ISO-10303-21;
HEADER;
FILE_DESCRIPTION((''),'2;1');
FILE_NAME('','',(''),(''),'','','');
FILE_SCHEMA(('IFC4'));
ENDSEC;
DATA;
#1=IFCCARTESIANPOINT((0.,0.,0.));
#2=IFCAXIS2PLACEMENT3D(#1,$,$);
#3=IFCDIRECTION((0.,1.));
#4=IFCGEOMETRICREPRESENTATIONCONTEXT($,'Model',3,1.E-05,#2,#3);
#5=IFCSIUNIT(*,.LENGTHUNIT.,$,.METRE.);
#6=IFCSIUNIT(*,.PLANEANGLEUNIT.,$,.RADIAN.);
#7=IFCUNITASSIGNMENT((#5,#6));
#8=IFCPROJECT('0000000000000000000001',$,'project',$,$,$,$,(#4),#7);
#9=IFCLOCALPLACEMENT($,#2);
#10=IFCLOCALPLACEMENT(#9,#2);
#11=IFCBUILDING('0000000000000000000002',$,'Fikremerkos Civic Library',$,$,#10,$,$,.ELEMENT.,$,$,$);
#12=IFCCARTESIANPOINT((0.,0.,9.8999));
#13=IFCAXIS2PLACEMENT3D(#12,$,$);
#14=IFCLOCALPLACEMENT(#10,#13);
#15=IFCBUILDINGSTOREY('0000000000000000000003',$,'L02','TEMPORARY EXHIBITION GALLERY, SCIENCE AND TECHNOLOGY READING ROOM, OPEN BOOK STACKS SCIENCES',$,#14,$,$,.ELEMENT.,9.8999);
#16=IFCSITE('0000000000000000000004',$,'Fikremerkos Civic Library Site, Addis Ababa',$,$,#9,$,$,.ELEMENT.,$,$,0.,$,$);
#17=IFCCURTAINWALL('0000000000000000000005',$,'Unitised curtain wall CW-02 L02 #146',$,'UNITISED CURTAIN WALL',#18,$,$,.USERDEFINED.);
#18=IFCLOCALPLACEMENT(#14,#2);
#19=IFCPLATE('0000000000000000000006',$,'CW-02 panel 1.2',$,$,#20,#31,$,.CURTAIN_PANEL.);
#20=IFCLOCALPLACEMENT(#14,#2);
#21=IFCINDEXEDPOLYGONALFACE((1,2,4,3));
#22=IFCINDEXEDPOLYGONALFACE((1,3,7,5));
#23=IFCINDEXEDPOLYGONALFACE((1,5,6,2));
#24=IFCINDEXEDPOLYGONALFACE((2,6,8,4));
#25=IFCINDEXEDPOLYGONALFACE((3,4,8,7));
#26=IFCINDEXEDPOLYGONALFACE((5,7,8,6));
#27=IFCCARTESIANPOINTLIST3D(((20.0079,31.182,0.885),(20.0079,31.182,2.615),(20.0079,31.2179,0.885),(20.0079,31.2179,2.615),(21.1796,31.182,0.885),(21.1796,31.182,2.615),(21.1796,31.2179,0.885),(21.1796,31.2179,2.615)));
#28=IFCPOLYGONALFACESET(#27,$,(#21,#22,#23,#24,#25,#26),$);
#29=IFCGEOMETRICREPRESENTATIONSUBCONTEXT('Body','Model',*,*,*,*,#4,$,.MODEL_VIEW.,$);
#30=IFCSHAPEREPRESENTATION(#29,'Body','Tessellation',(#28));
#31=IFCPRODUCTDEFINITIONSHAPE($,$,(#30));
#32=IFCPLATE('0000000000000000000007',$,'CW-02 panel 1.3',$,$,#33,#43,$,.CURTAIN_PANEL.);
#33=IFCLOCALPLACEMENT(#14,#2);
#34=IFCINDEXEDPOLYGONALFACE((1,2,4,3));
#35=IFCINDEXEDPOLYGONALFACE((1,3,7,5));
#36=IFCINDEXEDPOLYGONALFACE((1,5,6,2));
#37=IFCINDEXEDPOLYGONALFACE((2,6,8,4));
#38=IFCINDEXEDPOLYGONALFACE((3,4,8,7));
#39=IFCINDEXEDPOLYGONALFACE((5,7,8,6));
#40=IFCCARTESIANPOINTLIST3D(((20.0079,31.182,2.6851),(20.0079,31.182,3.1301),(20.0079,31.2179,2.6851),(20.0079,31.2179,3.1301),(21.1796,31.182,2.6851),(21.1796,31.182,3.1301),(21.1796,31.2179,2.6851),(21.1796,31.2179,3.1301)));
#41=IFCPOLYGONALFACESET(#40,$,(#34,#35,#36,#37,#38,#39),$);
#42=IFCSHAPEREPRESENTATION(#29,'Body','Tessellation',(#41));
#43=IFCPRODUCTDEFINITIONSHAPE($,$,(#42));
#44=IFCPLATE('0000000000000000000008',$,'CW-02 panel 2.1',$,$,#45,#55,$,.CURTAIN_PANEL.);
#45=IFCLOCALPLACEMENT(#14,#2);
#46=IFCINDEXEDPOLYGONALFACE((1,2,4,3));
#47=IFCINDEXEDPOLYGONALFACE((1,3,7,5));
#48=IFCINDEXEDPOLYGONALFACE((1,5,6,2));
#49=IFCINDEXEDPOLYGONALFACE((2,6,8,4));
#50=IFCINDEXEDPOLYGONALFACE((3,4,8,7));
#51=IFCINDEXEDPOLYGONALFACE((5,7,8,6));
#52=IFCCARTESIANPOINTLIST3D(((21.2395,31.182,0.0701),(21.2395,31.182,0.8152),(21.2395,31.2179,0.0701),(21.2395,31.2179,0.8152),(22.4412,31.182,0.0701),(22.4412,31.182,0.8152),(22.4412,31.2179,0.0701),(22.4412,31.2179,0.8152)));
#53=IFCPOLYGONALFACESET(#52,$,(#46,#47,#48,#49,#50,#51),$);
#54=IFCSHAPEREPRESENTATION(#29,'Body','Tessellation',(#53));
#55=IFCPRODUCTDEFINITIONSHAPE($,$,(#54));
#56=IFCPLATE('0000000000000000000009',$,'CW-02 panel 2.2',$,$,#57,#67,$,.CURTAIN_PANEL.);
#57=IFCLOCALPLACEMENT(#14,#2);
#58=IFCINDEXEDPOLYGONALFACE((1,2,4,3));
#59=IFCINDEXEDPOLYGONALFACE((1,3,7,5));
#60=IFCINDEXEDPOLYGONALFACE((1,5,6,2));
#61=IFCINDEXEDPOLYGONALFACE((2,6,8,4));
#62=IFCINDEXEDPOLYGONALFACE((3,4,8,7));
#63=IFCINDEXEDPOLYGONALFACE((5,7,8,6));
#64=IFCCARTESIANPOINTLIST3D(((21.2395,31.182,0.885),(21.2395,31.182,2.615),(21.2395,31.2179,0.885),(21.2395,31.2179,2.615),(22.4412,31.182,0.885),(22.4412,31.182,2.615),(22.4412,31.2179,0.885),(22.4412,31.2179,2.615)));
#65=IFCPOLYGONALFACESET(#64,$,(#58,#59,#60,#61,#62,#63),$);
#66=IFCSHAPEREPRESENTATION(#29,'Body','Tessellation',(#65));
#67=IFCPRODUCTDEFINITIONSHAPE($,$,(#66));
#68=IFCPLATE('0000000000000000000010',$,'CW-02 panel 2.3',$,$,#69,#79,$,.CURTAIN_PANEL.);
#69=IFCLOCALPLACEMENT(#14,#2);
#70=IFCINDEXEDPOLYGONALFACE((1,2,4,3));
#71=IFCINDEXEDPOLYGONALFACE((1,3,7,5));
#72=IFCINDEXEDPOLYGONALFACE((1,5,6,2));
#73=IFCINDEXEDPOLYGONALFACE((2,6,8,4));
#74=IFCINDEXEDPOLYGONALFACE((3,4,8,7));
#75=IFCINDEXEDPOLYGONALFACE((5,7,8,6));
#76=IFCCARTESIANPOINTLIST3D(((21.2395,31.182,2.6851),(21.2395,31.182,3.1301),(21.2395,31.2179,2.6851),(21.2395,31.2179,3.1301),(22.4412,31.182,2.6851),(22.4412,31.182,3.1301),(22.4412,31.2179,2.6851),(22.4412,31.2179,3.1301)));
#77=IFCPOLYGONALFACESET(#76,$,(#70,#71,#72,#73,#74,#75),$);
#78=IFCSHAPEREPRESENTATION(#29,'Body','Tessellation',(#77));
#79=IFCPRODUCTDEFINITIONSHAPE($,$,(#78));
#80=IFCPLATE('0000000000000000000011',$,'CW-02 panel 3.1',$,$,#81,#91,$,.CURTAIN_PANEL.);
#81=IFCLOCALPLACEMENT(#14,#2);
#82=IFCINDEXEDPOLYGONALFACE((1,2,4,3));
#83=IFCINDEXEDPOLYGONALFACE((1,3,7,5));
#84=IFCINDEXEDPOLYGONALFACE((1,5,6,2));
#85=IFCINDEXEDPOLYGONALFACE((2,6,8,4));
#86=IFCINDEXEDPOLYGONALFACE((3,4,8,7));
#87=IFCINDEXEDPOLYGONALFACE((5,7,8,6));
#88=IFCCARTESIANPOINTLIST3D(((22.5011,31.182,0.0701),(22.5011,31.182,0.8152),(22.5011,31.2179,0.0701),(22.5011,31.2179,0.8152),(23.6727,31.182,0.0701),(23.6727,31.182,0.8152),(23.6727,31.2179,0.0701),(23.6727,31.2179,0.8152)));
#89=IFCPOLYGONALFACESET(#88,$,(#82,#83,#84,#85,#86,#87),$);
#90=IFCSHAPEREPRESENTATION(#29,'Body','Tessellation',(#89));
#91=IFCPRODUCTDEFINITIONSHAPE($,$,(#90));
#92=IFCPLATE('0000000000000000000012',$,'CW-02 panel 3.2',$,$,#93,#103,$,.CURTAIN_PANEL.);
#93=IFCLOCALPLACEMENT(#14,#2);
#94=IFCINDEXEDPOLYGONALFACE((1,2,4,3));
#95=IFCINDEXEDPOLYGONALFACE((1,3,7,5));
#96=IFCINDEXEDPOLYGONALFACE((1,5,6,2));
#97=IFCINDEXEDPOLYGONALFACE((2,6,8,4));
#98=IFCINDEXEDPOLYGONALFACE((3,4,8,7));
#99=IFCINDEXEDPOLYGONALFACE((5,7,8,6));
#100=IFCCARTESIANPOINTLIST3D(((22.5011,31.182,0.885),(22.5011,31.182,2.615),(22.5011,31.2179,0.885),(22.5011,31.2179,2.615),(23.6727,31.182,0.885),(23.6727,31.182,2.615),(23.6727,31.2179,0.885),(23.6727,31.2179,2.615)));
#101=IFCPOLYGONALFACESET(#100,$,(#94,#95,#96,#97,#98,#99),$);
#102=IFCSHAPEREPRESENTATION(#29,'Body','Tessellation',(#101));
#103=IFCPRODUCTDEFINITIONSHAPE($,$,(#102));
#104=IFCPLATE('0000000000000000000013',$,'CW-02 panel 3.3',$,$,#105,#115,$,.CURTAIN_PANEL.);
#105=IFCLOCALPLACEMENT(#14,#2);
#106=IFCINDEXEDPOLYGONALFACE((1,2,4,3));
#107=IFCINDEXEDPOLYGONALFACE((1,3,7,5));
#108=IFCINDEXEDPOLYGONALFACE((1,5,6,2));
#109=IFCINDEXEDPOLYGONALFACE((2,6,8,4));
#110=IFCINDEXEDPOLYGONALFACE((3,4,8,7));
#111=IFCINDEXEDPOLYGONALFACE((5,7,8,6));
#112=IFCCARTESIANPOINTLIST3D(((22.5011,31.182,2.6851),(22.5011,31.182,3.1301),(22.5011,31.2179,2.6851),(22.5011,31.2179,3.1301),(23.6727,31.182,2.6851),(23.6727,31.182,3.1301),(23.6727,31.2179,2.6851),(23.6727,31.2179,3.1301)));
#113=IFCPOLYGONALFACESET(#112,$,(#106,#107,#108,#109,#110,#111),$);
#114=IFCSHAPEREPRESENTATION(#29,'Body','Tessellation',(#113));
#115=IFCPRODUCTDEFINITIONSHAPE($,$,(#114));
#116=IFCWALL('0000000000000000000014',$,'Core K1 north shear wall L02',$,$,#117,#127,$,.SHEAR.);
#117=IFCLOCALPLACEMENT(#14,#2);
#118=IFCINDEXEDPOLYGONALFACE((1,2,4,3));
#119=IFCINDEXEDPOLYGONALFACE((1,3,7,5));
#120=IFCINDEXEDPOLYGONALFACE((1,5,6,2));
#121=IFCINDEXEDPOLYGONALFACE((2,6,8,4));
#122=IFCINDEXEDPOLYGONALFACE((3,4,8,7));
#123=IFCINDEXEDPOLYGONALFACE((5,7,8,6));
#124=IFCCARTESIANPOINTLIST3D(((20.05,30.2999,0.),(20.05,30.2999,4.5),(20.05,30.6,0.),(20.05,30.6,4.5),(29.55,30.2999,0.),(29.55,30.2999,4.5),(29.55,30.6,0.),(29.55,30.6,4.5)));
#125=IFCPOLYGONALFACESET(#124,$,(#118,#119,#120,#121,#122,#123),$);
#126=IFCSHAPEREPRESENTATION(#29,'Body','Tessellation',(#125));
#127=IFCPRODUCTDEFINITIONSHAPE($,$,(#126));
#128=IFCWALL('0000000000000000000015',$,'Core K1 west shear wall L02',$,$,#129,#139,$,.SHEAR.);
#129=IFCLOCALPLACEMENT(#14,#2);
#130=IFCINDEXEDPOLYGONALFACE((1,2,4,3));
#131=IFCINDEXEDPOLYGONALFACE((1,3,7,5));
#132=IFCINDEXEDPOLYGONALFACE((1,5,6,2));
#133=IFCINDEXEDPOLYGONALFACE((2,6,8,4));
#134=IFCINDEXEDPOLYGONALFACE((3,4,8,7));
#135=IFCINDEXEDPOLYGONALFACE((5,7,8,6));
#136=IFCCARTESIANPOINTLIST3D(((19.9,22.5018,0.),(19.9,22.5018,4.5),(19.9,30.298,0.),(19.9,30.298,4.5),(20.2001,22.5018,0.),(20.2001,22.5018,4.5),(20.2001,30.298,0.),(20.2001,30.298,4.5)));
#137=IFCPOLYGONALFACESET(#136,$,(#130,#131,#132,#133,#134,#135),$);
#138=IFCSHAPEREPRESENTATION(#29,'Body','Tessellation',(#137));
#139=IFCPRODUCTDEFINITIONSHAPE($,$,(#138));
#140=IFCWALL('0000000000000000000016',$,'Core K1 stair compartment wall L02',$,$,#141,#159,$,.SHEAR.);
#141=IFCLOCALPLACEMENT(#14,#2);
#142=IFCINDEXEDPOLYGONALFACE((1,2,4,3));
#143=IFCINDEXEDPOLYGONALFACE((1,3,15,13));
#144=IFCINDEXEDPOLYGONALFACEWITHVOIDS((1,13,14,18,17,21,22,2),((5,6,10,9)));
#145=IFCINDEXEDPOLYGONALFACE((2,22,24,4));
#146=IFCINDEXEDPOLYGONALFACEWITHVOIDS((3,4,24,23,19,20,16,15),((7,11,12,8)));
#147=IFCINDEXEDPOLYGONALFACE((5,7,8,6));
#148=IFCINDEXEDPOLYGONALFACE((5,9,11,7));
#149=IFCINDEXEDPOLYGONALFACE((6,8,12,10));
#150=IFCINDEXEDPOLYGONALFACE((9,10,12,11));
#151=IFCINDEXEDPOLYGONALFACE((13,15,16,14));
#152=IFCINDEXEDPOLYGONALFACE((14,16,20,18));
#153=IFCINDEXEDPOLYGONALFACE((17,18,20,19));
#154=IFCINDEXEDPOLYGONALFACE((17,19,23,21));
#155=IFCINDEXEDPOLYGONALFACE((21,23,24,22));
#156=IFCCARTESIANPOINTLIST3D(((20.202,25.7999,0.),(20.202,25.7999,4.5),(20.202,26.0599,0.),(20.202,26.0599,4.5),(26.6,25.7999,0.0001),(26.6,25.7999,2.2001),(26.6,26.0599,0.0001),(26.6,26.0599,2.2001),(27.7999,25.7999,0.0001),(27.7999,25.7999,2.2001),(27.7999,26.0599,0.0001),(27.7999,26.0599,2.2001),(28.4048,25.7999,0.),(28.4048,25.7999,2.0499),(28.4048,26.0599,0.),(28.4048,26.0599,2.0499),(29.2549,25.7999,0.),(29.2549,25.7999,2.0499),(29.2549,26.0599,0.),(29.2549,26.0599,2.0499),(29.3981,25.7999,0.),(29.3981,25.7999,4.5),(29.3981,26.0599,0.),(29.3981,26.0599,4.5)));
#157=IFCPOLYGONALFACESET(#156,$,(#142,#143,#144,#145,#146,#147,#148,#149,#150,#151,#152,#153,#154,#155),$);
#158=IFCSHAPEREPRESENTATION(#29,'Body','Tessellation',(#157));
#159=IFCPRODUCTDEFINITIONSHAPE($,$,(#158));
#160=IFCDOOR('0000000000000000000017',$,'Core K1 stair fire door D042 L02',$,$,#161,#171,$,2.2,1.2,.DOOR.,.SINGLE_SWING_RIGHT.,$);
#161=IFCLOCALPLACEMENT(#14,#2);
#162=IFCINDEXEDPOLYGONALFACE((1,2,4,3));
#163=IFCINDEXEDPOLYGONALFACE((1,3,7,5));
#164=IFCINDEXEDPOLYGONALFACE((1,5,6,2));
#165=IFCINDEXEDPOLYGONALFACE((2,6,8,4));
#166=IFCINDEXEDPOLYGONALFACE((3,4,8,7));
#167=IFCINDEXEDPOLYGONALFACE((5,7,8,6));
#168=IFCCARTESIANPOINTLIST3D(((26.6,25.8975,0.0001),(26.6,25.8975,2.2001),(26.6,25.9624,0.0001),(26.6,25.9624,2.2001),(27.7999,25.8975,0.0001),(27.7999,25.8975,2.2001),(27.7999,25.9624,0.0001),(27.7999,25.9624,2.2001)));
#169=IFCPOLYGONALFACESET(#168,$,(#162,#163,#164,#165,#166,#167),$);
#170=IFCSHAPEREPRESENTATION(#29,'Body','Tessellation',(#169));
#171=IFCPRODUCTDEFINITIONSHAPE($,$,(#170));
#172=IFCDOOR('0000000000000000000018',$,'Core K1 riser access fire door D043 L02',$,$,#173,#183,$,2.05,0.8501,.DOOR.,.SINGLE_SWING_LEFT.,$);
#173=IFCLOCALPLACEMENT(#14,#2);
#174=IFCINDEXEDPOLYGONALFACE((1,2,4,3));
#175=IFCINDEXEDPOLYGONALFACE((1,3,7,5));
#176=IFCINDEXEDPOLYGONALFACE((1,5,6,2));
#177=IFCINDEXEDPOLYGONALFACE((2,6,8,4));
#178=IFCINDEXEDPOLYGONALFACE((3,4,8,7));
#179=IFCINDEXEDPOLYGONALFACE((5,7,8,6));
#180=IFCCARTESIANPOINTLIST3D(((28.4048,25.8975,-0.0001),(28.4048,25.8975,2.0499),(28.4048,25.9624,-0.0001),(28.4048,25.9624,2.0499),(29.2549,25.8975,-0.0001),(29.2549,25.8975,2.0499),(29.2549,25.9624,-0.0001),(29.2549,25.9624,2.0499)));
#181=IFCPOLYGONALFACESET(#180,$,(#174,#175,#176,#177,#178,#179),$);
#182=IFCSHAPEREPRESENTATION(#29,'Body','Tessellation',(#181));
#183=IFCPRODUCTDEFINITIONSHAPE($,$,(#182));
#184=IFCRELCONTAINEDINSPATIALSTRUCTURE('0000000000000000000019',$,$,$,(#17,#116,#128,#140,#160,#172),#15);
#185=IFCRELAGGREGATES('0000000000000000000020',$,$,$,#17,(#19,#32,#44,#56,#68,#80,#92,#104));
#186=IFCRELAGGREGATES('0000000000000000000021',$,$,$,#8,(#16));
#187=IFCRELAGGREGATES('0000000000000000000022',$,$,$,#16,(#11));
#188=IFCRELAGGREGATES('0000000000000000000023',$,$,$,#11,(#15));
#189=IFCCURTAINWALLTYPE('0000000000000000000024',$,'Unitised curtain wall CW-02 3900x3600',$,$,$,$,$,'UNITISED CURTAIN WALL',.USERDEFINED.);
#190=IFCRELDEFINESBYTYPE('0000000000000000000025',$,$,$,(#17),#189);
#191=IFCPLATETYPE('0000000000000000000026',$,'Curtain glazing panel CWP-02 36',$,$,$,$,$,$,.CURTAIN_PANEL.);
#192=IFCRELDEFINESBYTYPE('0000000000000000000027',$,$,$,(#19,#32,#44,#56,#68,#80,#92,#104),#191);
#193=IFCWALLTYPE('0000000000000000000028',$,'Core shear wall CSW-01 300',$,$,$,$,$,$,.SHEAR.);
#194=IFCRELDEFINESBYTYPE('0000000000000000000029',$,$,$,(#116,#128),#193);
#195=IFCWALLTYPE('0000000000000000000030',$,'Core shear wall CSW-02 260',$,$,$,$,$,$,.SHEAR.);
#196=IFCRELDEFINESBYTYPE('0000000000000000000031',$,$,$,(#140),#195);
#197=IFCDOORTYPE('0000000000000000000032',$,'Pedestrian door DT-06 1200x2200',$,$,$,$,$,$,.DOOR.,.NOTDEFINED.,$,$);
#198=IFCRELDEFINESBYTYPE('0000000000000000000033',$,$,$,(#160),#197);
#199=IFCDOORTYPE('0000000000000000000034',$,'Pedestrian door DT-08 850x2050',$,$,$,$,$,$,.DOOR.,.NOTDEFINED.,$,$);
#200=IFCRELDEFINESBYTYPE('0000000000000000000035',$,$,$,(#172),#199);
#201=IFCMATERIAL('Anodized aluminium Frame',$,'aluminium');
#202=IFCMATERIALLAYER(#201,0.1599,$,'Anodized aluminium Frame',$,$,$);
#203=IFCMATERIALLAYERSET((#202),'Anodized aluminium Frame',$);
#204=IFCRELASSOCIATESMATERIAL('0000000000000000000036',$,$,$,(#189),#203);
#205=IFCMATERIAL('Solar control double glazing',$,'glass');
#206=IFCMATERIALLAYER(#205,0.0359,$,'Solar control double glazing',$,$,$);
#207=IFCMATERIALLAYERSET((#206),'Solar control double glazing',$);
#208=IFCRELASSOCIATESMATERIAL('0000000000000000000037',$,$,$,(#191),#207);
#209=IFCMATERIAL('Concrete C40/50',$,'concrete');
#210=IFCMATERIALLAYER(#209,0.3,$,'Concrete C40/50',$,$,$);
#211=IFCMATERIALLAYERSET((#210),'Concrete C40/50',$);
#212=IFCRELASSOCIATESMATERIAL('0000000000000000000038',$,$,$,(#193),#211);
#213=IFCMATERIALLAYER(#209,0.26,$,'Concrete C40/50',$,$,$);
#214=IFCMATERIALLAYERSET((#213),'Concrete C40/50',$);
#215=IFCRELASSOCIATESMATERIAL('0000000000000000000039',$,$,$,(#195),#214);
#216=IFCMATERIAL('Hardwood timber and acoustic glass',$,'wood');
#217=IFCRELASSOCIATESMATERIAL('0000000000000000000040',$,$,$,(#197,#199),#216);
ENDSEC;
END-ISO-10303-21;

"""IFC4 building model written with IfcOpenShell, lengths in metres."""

from ifc_helpers import new_model, si_unit, direction, frame, frame_2d, origin, origin_2d, place, context, subcontext, project, spatial, rectangle, extrude, material, layer, layer_set, type_object, element, fill, aggregate, save


model = new_model("IFC4")

# Units and contexts
model_context = context("Model", 3, precision=1e-05, world=origin(), true_north=direction((0.0, 1.0)))
body_context = subcontext(model_context, "Body", "Model", "MODEL_VIEW")
ifc_project = project(units=[si_unit("LENGTHUNIT", "METRE"), si_unit("PLANEANGLEUNIT", "RADIAN")], contexts=[model_context])

# Site, building, storey
site_placement = place(None, origin())
site = spatial("IfcSite", under=ifc_project, at=site_placement, Name="Fikremerkos Civic Library Site, Addis Ababa", CompositionType="ELEMENT", RefElevation=0.0)
building_placement = place(site_placement, origin())
building = spatial("IfcBuilding", under=site, at=building_placement, Name="Fikremerkos Civic Library", CompositionType="ELEMENT")
storey_placement = place(building_placement, frame((0.0, 0.0, 9.8999)))
storey = spatial("IfcBuildingStorey", under=building, at=storey_placement, Name="L02", Description="TEMPORARY EXHIBITION GALLERY, SCIENCE AND TECHNOLOGY READING ROOM, OPEN BOOK STACKS SCIENCES", CompositionType="ELEMENT", Elevation=9.8999)

# Curtain wall, plates
ifc_material_1 = material(Name="Anodized aluminium Frame", Category="aluminium")
ifc_layer_1 = layer(ifc_material_1, 0.1599, Name="Anodized aluminium Frame")
ifc_layer_set_1 = layer_set([ifc_layer_1], Name="Anodized aluminium Frame")
curtain_wall_type = type_object("IfcCurtainWallType", Name="Unitised curtain wall CW-02 3900x3600", ElementType="UNITISED CURTAIN WALL", PredefinedType="USERDEFINED", material=ifc_layer_set_1)
curtain_wall_placement = place(storey_placement, origin())
curtain_wall = element("IfcCurtainWall", 1, at=curtain_wall_placement, inside=storey, type_object=curtain_wall_type, Name="Unitised curtain wall CW-02 L02 #146", ObjectType="UNITISED CURTAIN WALL", PredefinedType="USERDEFINED")
ifc_material_2 = material(Name="Solar control double glazing", Category="glass")
ifc_layer_2 = layer(ifc_material_2, 0.0359, Name="Solar control double glazing")
ifc_layer_set_2 = layer_set([ifc_layer_2], Name="Solar control double glazing")
plate_type = type_object("IfcPlateType", Name="Curtain glazing panel CWP-02 36", PredefinedType="CURTAIN_PANEL", material=ifc_layer_set_2)
plate_1_placement = place(storey_placement, frame((20.5938, 31.2, 0.885), z_axis=(0.0, 0.0, 1.0), x_axis=(1.0, 0.0, 0.0)))
plate_1 = element("IfcPlate", 2, at=plate_1_placement, type_object=plate_type, Name="CW-02 panel 1.2", PredefinedType="CURTAIN_PANEL", context=body_context, shape_type="SweptSolid", body=[
    extrude(rectangle(XDim=1.1716, YDim=0.0359, at=origin_2d()), origin(), (0.0, 0.0, 1.0), 1.73),
])
plate_2_placement = place(storey_placement, frame((20.5938, 31.2, 2.6851), z_axis=(0.0, 0.0, 1.0), x_axis=(1.0, 0.0, 0.0)))
plate_2 = element("IfcPlate", 3, at=plate_2_placement, type_object=plate_type, Name="CW-02 panel 1.3", PredefinedType="CURTAIN_PANEL", context=body_context, shape_type="SweptSolid", body=[
    extrude(rectangle(XDim=1.1716, YDim=0.0359, at=origin_2d()), origin(), (0.0, 0.0, 1.0), 0.4451),
])
plate_3_placement = place(storey_placement, frame((21.8403, 31.2, 0.0701), z_axis=(0.0, 0.0, 1.0), x_axis=(1.0, 0.0, 0.0)))
plate_3 = element("IfcPlate", 4, at=plate_3_placement, type_object=plate_type, Name="CW-02 panel 2.1", PredefinedType="CURTAIN_PANEL", context=body_context, shape_type="SweptSolid", body=[
    extrude(rectangle(XDim=1.2017, YDim=0.0359, at=origin_2d()), origin(), (0.0, 0.0, 1.0), 0.7451),
])
plate_4_placement = place(storey_placement, frame((21.8403, 31.2, 0.885), z_axis=(0.0, 0.0, 1.0), x_axis=(1.0, 0.0, 0.0)))
plate_4 = element("IfcPlate", 5, at=plate_4_placement, type_object=plate_type, Name="CW-02 panel 2.2", PredefinedType="CURTAIN_PANEL", context=body_context, shape_type="SweptSolid", body=[
    extrude(rectangle(XDim=1.2017, YDim=0.0359, at=origin_2d()), origin(), (0.0, 0.0, 1.0), 1.73),
])
plate_5_placement = place(storey_placement, frame((21.8403, 31.2, 2.6851), z_axis=(0.0, 0.0, 1.0), x_axis=(1.0, 0.0, 0.0)))
plate_5 = element("IfcPlate", 6, at=plate_5_placement, type_object=plate_type, Name="CW-02 panel 2.3", PredefinedType="CURTAIN_PANEL", context=body_context, shape_type="SweptSolid", body=[
    extrude(rectangle(XDim=1.2017, YDim=0.0359, at=origin_2d()), origin(), (0.0, 0.0, 1.0), 0.4451),
])
plate_6_placement = place(storey_placement, frame((23.0869, 31.2, 0.0701), z_axis=(0.0, 0.0, 1.0), x_axis=(1.0, 0.0, 0.0)))
plate_6 = element("IfcPlate", 7, at=plate_6_placement, type_object=plate_type, Name="CW-02 panel 3.1", PredefinedType="CURTAIN_PANEL", context=body_context, shape_type="SweptSolid", body=[
    extrude(rectangle(XDim=1.1716, YDim=0.0359, at=origin_2d()), origin(), (0.0, 0.0, 1.0), 0.7451),
])
plate_7_placement = place(storey_placement, frame((23.0869, 31.2, 0.885), z_axis=(0.0, 0.0, 1.0), x_axis=(1.0, 0.0, 0.0)))
plate_7 = element("IfcPlate", 8, at=plate_7_placement, type_object=plate_type, Name="CW-02 panel 3.2", PredefinedType="CURTAIN_PANEL", context=body_context, shape_type="SweptSolid", body=[
    extrude(rectangle(XDim=1.1716, YDim=0.0359, at=origin_2d()), origin(), (0.0, 0.0, 1.0), 1.73),
])
plate_8_placement = place(storey_placement, frame((23.0869, 31.2, 2.6851), z_axis=(0.0, 0.0, 1.0), x_axis=(1.0, 0.0, 0.0)))
plate_8 = element("IfcPlate", 9, at=plate_8_placement, type_object=plate_type, Name="CW-02 panel 3.3", PredefinedType="CURTAIN_PANEL", context=body_context, shape_type="SweptSolid", body=[
    extrude(rectangle(XDim=1.1716, YDim=0.0359, at=origin_2d()), origin(), (0.0, 0.0, 1.0), 0.4451),
])
aggregate(curtain_wall, [plate_1, plate_2, plate_3, plate_4, plate_5, plate_6, plate_7, plate_8])

# Walls
ifc_material_3 = material(Name="Concrete C40/50", Category="concrete")
ifc_layer_3 = layer(ifc_material_3, 0.3, Name="Concrete C40/50")
ifc_layer_set_3 = layer_set([ifc_layer_3], Name="Concrete C40/50")
wall_type_1 = type_object("IfcWallType", Name="Core shear wall CSW-01 300", PredefinedType="SHEAR", material=ifc_layer_set_3)
wall_1_placement = place(storey_placement, frame((20.05, 30.45, 0.0), z_axis=(0.0, 0.0, 1.0), x_axis=(1.0, 0.0, 0.0)))
element("IfcWall", 10, at=wall_1_placement, inside=storey, type_object=wall_type_1, Name="Core K1 north shear wall L02", PredefinedType="SHEAR", context=body_context, shape_type="SweptSolid", body=[
    extrude(rectangle(XDim=9.5, YDim=0.3, at=frame_2d((4.75, 0.0))), origin(), (0.0, 0.0, 1.0), 4.5),
])
wall_2_placement = place(storey_placement, frame((20.05, 22.502, 0.0), z_axis=(0.0, 0.0, 1.0), x_axis=(0.0, 1.0, 0.0)))
element("IfcWall", 11, at=wall_2_placement, inside=storey, type_object=wall_type_1, Name="Core K1 west shear wall L02", PredefinedType="SHEAR", context=body_context, shape_type="SweptSolid", body=[
    extrude(rectangle(XDim=7.7961, YDim=0.3, at=frame_2d((3.8979, 0.0))), origin(), (0.0, 0.0, 1.0), 4.5),
])

# Wall, openings, doors
ifc_layer_4 = layer(ifc_material_3, 0.26, Name="Concrete C40/50")
ifc_layer_set_4 = layer_set([ifc_layer_4], Name="Concrete C40/50")
wall_type_2 = type_object("IfcWallType", Name="Core shear wall CSW-02 260", PredefinedType="SHEAR", material=ifc_layer_set_4)
wall_3_placement = place(storey_placement, frame((20.2019, 25.9299, 0.0), z_axis=(0.0, 0.0, 1.0), x_axis=(1.0, 0.0, 0.0)))
wall_3 = element("IfcWall", 12, at=wall_3_placement, inside=storey, type_object=wall_type_2, Name="Core K1 stair compartment wall L02", PredefinedType="SHEAR", context=body_context, shape_type="SweptSolid", body=[
    extrude(rectangle(XDim=9.196, YDim=0.26, at=frame_2d((4.5981, 0.0))), origin(), (0.0, 0.0, 1.0), 4.5),
])
opening_1_placement = place(wall_3_placement, frame((6.3979, 0.0, 0.0)))
opening_1 = element("IfcOpeningElement", 13, at=opening_1_placement, cuts=wall_3, PredefinedType="OPENING", context=body_context, shape_type="SweptSolid", body=[
    extrude(rectangle(XDim=1.2, YDim=2.2, at=frame_2d((0.6001, 1.1001))), frame((0.0, 0.1399, 0.0), z_axis=(0.0, -1.0, 0.0), x_axis=(1.0, 0.0, 0.0)), (0.0, 0.0, 1.0), 0.28),
])
opening_2_placement = place(wall_3_placement, frame((8.2029, 0.0, 0.0)))
opening_2 = element("IfcOpeningElement", 14, at=opening_2_placement, cuts=wall_3, PredefinedType="OPENING", context=body_context, shape_type="SweptSolid", body=[
    extrude(rectangle(XDim=0.8501, YDim=2.05, at=frame_2d((0.425, 1.0249))), frame((0.0, 0.1399, 0.0), z_axis=(0.0, -1.0, 0.0), x_axis=(1.0, 0.0, 0.0)), (0.0, 0.0, 1.0), 0.28),
])
ifc_material_4 = material(Name="Hardwood timber and acoustic glass", Category="wood")
door_type_1 = type_object("IfcDoorType", Name="Pedestrian door DT-06 1200x2200", OperationType="NOTDEFINED", PredefinedType="DOOR", material=ifc_material_4)
door_1_placement = place(opening_1_placement, origin())
door_1 = element("IfcDoor", 15, at=door_1_placement, inside=storey, type_object=door_type_1, Name="Core K1 stair fire door D042 L02", OperationType="SINGLE_SWING_RIGHT", OverallHeight=2.2, OverallWidth=1.2, PredefinedType="DOOR", context=body_context, shape_type="SweptSolid", body=[
    extrude(rectangle(XDim=1.2, YDim=2.2, at=frame_2d((0.6001, 1.1001))), frame((0.0, 0.0325, 0.0), z_axis=(0.0, -1.0, 0.0), x_axis=(1.0, 0.0, 0.0)), (0.0, 0.0, 1.0), 0.0649),
])
fill(opening_1, door_1)
door_type_2 = type_object("IfcDoorType", Name="Pedestrian door DT-08 850x2050", OperationType="NOTDEFINED", PredefinedType="DOOR", material=ifc_material_4)
door_2_placement = place(opening_2_placement, origin())
door_2 = element("IfcDoor", 16, at=door_2_placement, inside=storey, type_object=door_type_2, Name="Core K1 riser access fire door D043 L02", OperationType="SINGLE_SWING_LEFT", OverallHeight=2.05, OverallWidth=0.8501, PredefinedType="DOOR", context=body_context, shape_type="SweptSolid", body=[
    extrude(rectangle(XDim=0.8501, YDim=2.05, at=frame_2d((0.425, 1.0249))), frame((0.0, 0.0325, 0.0), z_axis=(0.0, -1.0, 0.0), x_axis=(1.0, 0.0, 0.0)), (0.0, 0.0, 1.0), 0.0649),
])
fill(opening_2, door_2)

save(model, "model.ifc")
